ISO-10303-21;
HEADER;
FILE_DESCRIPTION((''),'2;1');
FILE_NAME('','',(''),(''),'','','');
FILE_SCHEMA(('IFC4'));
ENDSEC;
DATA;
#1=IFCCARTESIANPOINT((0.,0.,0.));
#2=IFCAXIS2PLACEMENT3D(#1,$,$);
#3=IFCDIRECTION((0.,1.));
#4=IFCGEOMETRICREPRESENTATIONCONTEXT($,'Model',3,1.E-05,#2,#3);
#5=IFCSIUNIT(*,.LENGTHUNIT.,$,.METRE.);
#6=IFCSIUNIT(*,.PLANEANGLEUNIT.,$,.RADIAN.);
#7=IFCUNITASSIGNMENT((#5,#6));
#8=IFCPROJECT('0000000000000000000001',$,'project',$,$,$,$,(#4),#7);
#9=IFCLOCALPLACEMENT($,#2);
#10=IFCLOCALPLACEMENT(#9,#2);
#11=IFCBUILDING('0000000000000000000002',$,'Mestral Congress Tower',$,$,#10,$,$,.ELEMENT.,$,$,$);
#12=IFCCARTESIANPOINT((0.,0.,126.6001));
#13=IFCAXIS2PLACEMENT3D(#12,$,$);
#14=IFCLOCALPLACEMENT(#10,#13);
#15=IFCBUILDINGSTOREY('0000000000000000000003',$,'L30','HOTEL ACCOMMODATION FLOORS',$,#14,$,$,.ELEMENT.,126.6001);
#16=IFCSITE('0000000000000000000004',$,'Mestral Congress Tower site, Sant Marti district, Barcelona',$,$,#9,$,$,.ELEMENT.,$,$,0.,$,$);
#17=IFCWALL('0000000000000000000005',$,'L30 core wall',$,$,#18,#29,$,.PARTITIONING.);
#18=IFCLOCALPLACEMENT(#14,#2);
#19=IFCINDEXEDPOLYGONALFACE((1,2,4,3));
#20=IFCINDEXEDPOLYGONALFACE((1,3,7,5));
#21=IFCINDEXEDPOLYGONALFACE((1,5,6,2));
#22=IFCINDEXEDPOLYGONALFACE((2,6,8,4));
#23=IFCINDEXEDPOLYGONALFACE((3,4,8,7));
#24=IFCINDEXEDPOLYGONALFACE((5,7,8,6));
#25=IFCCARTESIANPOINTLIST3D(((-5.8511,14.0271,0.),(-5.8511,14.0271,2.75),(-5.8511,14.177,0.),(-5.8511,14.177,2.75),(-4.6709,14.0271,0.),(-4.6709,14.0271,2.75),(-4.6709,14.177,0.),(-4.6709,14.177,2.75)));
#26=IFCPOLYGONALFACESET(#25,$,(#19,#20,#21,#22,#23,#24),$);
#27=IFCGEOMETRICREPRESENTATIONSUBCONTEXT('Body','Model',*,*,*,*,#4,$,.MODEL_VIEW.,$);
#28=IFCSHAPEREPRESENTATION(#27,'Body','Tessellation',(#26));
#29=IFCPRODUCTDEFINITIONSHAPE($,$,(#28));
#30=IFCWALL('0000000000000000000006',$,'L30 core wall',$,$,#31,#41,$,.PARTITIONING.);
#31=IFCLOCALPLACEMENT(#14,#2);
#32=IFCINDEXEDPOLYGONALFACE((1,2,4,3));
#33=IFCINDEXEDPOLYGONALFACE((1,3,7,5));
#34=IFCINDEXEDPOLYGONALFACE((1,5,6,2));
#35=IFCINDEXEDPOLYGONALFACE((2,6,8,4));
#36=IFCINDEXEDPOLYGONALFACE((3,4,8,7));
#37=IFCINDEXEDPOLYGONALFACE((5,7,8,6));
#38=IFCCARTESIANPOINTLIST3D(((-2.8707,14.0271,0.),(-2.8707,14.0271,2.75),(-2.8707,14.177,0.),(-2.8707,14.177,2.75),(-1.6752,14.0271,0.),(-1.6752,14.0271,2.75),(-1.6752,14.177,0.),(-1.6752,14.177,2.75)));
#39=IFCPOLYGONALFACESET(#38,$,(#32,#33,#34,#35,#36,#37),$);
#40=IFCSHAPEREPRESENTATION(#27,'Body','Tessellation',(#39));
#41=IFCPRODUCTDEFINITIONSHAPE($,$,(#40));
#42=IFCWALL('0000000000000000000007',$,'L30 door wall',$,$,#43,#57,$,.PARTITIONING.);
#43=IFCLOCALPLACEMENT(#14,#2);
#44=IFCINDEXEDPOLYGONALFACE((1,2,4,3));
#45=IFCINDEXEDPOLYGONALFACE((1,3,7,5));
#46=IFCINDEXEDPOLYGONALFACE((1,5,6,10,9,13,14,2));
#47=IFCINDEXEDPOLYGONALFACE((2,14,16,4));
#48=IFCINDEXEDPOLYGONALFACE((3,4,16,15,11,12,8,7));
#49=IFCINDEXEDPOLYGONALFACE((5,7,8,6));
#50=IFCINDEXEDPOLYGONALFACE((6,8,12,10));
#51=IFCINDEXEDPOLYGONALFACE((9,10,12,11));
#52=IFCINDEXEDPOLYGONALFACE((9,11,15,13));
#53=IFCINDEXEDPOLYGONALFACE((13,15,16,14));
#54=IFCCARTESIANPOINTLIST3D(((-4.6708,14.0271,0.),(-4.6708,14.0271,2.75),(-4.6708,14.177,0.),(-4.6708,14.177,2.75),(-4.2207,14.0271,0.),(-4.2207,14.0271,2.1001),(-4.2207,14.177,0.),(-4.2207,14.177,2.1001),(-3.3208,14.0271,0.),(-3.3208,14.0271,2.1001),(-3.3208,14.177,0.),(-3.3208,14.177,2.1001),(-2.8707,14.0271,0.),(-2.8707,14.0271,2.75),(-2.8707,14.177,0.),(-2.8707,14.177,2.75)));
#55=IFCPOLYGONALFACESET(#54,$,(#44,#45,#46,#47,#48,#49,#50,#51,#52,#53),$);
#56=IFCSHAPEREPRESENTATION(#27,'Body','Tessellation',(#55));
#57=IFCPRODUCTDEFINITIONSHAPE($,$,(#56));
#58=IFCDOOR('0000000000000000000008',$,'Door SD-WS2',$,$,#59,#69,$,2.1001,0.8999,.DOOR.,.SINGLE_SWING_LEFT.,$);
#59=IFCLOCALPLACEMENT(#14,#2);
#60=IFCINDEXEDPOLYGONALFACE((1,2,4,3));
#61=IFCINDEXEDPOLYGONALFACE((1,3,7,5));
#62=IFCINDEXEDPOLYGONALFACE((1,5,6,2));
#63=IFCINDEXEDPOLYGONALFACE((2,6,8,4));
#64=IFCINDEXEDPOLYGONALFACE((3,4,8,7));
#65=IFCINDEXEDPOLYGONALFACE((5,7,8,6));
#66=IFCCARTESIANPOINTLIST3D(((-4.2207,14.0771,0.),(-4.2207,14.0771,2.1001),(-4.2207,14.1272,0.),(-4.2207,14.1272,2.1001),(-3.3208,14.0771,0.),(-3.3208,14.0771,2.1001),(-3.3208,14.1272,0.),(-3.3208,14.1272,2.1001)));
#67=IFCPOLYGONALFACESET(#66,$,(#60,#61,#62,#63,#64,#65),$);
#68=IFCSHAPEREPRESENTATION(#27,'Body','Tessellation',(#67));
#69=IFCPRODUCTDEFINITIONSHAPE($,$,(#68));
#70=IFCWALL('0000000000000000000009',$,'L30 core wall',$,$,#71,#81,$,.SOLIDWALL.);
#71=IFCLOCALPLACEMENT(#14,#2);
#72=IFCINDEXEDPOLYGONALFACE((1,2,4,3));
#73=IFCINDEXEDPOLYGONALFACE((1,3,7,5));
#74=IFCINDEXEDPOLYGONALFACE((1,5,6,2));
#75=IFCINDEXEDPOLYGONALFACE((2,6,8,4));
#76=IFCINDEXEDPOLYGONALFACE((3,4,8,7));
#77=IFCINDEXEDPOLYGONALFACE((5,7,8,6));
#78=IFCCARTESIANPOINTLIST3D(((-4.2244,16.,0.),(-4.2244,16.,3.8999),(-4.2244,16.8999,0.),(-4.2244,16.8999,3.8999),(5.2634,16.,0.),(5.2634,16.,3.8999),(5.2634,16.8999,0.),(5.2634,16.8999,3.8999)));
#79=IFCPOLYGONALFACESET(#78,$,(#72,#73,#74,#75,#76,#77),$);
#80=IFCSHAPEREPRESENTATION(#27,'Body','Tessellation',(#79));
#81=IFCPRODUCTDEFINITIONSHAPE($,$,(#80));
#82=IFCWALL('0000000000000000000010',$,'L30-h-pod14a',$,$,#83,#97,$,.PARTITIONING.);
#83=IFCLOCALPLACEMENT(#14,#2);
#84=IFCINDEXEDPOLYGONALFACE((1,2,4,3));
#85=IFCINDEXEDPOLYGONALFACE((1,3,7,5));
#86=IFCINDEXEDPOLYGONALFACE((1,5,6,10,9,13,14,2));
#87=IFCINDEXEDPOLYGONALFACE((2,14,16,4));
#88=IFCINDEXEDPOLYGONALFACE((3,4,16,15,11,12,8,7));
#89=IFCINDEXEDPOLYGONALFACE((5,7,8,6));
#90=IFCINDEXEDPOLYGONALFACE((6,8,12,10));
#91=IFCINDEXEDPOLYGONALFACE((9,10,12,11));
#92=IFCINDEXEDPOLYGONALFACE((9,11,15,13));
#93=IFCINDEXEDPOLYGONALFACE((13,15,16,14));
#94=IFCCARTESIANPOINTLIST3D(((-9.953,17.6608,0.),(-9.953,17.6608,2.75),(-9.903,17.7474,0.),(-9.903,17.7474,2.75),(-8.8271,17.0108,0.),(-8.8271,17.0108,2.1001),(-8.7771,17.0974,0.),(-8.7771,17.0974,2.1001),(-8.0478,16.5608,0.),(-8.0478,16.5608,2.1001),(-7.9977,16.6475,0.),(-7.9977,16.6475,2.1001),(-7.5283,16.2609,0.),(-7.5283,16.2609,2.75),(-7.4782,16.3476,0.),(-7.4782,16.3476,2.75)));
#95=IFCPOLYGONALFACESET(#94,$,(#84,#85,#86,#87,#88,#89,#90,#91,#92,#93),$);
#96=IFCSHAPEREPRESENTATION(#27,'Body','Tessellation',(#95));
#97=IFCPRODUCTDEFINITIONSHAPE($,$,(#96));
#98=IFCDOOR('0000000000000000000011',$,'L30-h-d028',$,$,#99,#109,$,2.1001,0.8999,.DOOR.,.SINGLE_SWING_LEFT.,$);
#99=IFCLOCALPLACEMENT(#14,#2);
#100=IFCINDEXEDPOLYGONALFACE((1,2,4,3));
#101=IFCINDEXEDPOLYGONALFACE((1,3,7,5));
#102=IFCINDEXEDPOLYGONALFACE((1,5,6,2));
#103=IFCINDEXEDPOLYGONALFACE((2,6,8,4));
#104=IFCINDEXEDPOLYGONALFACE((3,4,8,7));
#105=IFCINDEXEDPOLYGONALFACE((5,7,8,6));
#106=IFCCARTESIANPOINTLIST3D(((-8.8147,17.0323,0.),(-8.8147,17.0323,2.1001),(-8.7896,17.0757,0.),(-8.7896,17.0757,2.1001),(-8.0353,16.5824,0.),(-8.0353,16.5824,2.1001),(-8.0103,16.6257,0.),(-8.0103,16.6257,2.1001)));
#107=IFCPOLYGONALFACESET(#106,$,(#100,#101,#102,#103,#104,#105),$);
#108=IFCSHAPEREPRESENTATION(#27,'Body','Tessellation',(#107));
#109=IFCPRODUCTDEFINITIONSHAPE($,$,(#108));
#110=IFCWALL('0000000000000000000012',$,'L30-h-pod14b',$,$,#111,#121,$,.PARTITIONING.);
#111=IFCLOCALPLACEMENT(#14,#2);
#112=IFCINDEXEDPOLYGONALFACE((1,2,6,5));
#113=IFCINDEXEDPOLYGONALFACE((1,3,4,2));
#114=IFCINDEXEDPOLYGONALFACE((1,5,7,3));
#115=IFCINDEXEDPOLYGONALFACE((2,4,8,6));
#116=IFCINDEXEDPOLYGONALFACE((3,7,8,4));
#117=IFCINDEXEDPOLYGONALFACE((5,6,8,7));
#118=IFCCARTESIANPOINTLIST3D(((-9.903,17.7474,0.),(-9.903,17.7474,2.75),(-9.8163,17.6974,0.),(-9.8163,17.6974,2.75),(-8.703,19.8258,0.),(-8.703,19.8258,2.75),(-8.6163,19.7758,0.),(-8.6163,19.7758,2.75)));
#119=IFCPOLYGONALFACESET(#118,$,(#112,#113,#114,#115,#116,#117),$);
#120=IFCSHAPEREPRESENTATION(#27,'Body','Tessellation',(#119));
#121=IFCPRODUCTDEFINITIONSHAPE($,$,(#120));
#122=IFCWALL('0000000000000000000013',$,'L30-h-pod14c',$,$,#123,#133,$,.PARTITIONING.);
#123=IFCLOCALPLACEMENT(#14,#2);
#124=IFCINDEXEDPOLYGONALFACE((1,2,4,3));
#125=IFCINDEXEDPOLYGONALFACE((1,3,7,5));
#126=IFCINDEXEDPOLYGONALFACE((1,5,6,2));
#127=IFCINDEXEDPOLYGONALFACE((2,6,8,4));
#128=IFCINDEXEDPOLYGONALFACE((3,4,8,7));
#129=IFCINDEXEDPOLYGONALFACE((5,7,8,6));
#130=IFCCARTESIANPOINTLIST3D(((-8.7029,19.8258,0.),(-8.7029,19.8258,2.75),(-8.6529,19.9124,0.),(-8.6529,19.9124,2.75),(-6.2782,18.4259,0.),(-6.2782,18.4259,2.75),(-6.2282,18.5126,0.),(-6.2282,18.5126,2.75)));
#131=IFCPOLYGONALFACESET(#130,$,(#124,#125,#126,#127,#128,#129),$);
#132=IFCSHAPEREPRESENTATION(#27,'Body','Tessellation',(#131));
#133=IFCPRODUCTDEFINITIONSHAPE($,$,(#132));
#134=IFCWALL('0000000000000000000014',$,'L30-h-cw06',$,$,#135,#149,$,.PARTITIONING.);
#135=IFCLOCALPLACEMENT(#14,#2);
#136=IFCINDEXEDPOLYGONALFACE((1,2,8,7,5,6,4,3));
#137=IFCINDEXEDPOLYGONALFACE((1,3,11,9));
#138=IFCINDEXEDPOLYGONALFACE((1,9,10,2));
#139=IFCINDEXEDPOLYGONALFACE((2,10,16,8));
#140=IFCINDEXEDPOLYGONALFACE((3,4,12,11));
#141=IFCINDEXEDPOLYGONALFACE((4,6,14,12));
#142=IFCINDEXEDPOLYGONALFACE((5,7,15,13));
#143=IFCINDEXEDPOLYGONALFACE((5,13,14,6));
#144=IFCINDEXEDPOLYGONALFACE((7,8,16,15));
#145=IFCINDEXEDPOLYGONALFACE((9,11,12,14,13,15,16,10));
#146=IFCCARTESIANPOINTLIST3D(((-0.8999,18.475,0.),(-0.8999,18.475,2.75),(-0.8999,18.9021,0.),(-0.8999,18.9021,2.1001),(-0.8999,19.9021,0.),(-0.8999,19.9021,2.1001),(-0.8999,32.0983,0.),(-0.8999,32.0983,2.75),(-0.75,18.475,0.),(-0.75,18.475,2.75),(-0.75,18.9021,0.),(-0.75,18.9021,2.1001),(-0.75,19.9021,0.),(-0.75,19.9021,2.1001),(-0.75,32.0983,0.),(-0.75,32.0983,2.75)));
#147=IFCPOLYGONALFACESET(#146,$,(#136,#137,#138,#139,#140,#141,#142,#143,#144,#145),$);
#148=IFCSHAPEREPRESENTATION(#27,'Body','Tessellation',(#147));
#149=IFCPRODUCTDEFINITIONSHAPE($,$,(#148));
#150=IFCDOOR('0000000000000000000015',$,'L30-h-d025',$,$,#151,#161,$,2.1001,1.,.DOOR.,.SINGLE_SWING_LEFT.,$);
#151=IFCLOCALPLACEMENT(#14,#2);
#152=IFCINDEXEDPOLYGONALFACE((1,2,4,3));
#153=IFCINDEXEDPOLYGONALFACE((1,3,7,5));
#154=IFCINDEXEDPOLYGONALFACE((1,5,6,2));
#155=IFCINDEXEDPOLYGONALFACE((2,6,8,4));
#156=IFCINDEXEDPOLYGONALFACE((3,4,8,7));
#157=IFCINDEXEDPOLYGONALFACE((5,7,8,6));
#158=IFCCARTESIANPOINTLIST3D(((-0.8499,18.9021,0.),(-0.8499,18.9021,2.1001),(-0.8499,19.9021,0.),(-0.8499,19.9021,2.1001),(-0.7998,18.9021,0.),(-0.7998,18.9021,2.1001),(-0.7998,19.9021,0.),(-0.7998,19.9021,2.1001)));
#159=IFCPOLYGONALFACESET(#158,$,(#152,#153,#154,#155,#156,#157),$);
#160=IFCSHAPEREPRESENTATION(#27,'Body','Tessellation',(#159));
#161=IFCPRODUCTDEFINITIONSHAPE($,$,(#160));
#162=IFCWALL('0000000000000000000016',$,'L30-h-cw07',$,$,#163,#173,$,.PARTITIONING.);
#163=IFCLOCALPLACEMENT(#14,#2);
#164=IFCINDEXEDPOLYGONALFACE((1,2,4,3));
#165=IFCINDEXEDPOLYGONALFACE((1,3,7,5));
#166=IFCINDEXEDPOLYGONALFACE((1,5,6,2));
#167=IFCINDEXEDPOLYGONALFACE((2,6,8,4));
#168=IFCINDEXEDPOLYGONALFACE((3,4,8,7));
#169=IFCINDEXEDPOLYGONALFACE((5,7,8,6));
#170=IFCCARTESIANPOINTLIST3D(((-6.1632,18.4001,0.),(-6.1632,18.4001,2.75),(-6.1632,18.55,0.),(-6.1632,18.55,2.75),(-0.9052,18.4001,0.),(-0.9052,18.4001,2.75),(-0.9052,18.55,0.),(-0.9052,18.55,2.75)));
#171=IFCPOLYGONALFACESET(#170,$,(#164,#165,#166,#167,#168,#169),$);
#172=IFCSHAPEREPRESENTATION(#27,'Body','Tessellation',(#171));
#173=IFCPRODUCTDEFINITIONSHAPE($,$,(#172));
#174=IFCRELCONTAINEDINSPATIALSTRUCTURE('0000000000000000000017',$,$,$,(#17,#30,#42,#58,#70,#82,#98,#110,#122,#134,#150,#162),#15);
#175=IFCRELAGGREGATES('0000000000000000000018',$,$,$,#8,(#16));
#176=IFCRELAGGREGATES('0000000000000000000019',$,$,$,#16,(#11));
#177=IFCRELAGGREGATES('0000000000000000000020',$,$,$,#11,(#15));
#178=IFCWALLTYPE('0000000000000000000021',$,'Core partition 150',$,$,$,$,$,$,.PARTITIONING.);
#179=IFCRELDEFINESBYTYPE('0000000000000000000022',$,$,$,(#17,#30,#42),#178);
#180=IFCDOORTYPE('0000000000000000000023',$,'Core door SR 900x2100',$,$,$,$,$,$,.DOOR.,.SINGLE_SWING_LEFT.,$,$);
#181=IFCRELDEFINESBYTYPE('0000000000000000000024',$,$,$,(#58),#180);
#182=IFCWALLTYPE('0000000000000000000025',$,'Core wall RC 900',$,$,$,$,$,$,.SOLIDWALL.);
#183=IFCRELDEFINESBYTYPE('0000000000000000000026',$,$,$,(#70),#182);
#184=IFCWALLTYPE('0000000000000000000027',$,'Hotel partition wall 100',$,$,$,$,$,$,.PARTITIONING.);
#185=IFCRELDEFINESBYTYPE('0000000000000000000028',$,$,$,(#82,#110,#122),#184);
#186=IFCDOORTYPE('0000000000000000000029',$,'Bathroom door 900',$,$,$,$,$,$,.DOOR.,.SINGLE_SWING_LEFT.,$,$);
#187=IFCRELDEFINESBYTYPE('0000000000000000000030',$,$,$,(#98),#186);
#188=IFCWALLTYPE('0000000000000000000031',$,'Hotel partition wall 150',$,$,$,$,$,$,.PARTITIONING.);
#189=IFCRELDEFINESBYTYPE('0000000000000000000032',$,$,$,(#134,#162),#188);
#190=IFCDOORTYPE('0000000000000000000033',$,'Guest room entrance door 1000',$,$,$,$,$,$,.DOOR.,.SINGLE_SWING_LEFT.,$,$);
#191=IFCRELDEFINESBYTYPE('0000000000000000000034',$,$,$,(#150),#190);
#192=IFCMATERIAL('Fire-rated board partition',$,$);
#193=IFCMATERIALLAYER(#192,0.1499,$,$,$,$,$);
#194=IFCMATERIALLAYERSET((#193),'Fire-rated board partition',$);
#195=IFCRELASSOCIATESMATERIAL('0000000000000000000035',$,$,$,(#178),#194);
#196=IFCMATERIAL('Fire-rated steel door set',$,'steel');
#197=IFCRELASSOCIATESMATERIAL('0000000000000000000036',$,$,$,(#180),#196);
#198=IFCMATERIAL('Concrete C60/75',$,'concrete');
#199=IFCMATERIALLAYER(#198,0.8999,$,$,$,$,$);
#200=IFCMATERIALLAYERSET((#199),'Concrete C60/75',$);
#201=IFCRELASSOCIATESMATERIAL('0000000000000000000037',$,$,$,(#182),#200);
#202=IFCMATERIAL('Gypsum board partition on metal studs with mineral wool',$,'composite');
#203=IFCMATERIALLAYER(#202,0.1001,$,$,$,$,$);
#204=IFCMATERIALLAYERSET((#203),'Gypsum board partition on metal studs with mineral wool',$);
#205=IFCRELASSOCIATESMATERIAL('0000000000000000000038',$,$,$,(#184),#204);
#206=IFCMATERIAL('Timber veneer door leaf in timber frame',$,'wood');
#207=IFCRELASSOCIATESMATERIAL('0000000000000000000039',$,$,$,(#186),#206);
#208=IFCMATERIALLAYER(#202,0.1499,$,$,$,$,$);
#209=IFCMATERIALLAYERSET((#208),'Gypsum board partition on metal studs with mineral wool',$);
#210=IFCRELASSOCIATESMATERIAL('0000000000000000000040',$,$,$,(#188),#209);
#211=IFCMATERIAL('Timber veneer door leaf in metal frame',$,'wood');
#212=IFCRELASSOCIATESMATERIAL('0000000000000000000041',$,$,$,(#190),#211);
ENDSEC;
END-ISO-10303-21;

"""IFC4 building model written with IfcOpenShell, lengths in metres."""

from ifc_helpers import new_model, si_unit, direction, frame, frame_2d, origin, place, context, subcontext, project, spatial, rectangle, extrude, material, layer, layer_set, type_object, element, fill, save


model = new_model("IFC4")

# Units and contexts
model_context = context("Model", 3, precision=1e-05, world=origin(), true_north=direction((0.0, 1.0)))
body_context = subcontext(model_context, "Body", "Model", "MODEL_VIEW")
ifc_project = project(units=[si_unit("LENGTHUNIT", "METRE"), si_unit("PLANEANGLEUNIT", "RADIAN")], contexts=[model_context])

# Site, building, storey
site_placement = place(None, origin())
site = spatial("IfcSite", under=ifc_project, at=site_placement, Name="Mestral Congress Tower site, Sant Marti district, Barcelona", CompositionType="ELEMENT", RefElevation=0.0)
building_placement = place(site_placement, origin())
building = spatial("IfcBuilding", under=site, at=building_placement, Name="Mestral Congress Tower", CompositionType="ELEMENT")
storey_placement = place(building_placement, frame((0.0, 0.0, 126.6001)))
storey = spatial("IfcBuildingStorey", under=building, at=storey_placement, Name="L30", Description="HOTEL ACCOMMODATION FLOORS", CompositionType="ELEMENT", Elevation=126.6001)

# Walls
ifc_material_1 = material(Name="Fire-rated board partition")
ifc_layer_1 = layer(ifc_material_1, 0.1499)
ifc_layer_set_1 = layer_set([ifc_layer_1], Name="Fire-rated board partition")
wall_type_1 = type_object("IfcWallType", Name="Core partition 150", PredefinedType="PARTITIONING", material=ifc_layer_set_1)
wall_1_placement = place(storey_placement, frame((-5.8511, 14.1021, 0.0), z_axis=(0.0, 0.0, 1.0), x_axis=(1.0, 0.0, 0.0)))
element("IfcWall", 1, at=wall_1_placement, inside=storey, type_object=wall_type_1, Name="L30 core wall", PredefinedType="PARTITIONING", context=body_context, shape_type="SweptSolid", body=[
    extrude(rectangle(XDim=1.1802, YDim=0.1499, at=frame_2d((0.5901, 0.0))), origin(), (0.0, 0.0, 1.0), 2.75),
])
wall_2_placement = place(storey_placement, frame((-2.8706, 14.1021, 0.0), z_axis=(0.0, 0.0, 1.0), x_axis=(1.0, 0.0, 0.0)))
element("IfcWall", 2, at=wall_2_placement, inside=storey, type_object=wall_type_1, Name="L30 core wall", PredefinedType="PARTITIONING", context=body_context, shape_type="SweptSolid", body=[
    extrude(rectangle(XDim=1.1956, YDim=0.1499, at=frame_2d((0.5977, 0.0))), origin(), (0.0, 0.0, 1.0), 2.75),
])

# Wall, opening, door
wall_3_placement = place(storey_placement, frame((-2.8708, 14.1021, 0.0), z_axis=(0.0, 0.0, 1.0), x_axis=(-1.0, 0.0, 0.0)))
wall_3 = element("IfcWall", 3, at=wall_3_placement, inside=storey, type_object=wall_type_1, Name="L30 door wall", PredefinedType="PARTITIONING", context=body_context, shape_type="SweptSolid", body=[
    extrude(rectangle(XDim=1.8, YDim=0.1499, at=frame_2d((0.8999, 0.0))), origin(), (0.0, 0.0, 1.0), 2.75),
])
opening_1_placement = place(wall_3_placement, frame((0.45, 0.0, 0.0)))
opening_1 = element("IfcOpeningElement", 4, at=opening_1_placement, cuts=wall_3, PredefinedType="OPENING", context=body_context, shape_type="SweptSolid", body=[
    extrude(rectangle(XDim=0.8999, YDim=2.1001, at=frame_2d((0.45, 1.05))), frame((0.0, 0.085, 0.0), z_axis=(0.0, -1.0, 0.0), x_axis=(1.0, 0.0, 0.0)), (0.0, 0.0, 1.0), 0.1699),
])
ifc_material_2 = material(Name="Fire-rated steel door set", Category="steel")
door_type_1 = type_object("IfcDoorType", Name="Core door SR 900x2100", OperationType="SINGLE_SWING_LEFT", PredefinedType="DOOR", material=ifc_material_2)
door_1_placement = place(opening_1_placement, origin())
door_1 = element("IfcDoor", 5, at=door_1_placement, inside=storey, type_object=door_type_1, Name="Door SD-WS2", OperationType="SINGLE_SWING_LEFT", OverallHeight=2.1001, OverallWidth=0.8999, PredefinedType="DOOR", context=body_context, shape_type="SweptSolid", body=[
    extrude(rectangle(XDim=0.8999, YDim=2.1001, at=frame_2d((0.45, 1.05))), frame((0.0, 0.0249, 0.0), z_axis=(0.0, -1.0, 0.0), x_axis=(1.0, 0.0, 0.0)), (0.0, 0.0, 1.0), 0.05),
])
fill(opening_1, door_1)

# Wall
ifc_material_3 = material(Name="Concrete C60/75", Category="concrete")
ifc_layer_2 = layer(ifc_material_3, 0.8999)
ifc_layer_set_2 = layer_set([ifc_layer_2], Name="Concrete C60/75")
wall_type_2 = type_object("IfcWallType", Name="Core wall RC 900", PredefinedType="SOLIDWALL", material=ifc_layer_set_2)
wall_4_placement = place(storey_placement, frame((-4.2244, 16.45, 0.0), z_axis=(0.0, 0.0, 1.0), x_axis=(1.0, 0.0, 0.0)))
element("IfcWall", 6, at=wall_4_placement, inside=storey, type_object=wall_type_2, Name="L30 core wall", PredefinedType="SOLIDWALL", context=body_context, shape_type="SweptSolid", body=[
    extrude(rectangle(XDim=9.4878, YDim=0.8999, at=frame_2d((4.7439, 0.0))), origin(), (0.0, 0.0, 1.0), 3.8999),
])

# Wall, opening, door
ifc_material_4 = material(Name="Gypsum board partition on metal studs with mineral wool", Category="composite")
ifc_layer_3 = layer(ifc_material_4, 0.1001)
ifc_layer_set_3 = layer_set([ifc_layer_3], Name="Gypsum board partition on metal studs with mineral wool")
wall_type_3 = type_object("IfcWallType", Name="Hotel partition wall 100", PredefinedType="PARTITIONING", material=ifc_layer_set_3)
wall_5_placement = place(storey_placement, frame((-9.928, 17.7041, 0.0), z_axis=(0.0, 0.0, 1.0), x_axis=(0.866035, -0.499984, 0.0)))
wall_5 = element("IfcWall", 7, at=wall_5_placement, inside=storey, type_object=wall_type_3, Name="L30-h-pod14a", PredefinedType="PARTITIONING", context=body_context, shape_type="SweptSolid", body=[
    extrude(rectangle(XDim=2.7998, YDim=0.1001, at=frame_2d((1.3999, 0.0))), origin(), (0.0, 0.0, 1.0), 2.75),
])
opening_2_placement = place(wall_5_placement, frame((1.3, 0.0, 0.0)))
opening_2 = element("IfcOpeningElement", 8, at=opening_2_placement, cuts=wall_5, PredefinedType="OPENING", context=body_context, shape_type="SweptSolid", body=[
    extrude(rectangle(XDim=0.8999, YDim=2.1001, at=frame_2d((0.45, 1.05))), frame((0.0, 0.0601, 0.0), z_axis=(0.0, -1.0, 0.0), x_axis=(1.0, 0.0, 0.0)), (0.0, 0.0, 1.0), 0.1201),
])
ifc_material_5 = material(Name="Timber veneer door leaf in timber frame", Category="wood")
door_type_2 = type_object("IfcDoorType", Name="Bathroom door 900", OperationType="SINGLE_SWING_LEFT", PredefinedType="DOOR", material=ifc_material_5)
door_2_placement = place(opening_2_placement, origin())
door_2 = element("IfcDoor", 9, at=door_2_placement, inside=storey, type_object=door_type_2, Name="L30-h-d028", OperationType="SINGLE_SWING_LEFT", OverallHeight=2.1001, OverallWidth=0.8999, PredefinedType="DOOR", context=body_context, shape_type="SweptSolid", body=[
    extrude(rectangle(XDim=0.8999, YDim=2.1001, at=frame_2d((0.45, 1.05))), frame((0.0, 0.0249, 0.0), z_axis=(0.0, -1.0, 0.0), x_axis=(1.0, 0.0, 0.0)), (0.0, 0.0, 1.0), 0.05),
])
fill(opening_2, door_2)

# Walls
wall_6_placement = place(storey_placement, frame((-9.8596, 17.7224, 0.0), z_axis=(0.0, 0.0, 1.0), x_axis=(0.500001, 0.866025, 0.0)))
element("IfcWall", 10, at=wall_6_placement, inside=storey, type_object=wall_type_3, Name="L30-h-pod14b", PredefinedType="PARTITIONING", context=body_context, shape_type="SweptSolid", body=[
    extrude(rectangle(XDim=2.3999, YDim=0.1001, at=frame_2d((1.2, 0.0))), origin(), (0.0, 0.0, 1.0), 2.75),
])
wall_7_placement = place(storey_placement, frame((-6.2532, 18.4692, 0.0), z_axis=(0.0, 0.0, 1.0), x_axis=(-0.866035, 0.499984, 0.0)))
element("IfcWall", 11, at=wall_7_placement, inside=storey, type_object=wall_type_3, Name="L30-h-pod14c", PredefinedType="PARTITIONING", context=body_context, shape_type="SweptSolid", body=[
    extrude(rectangle(XDim=2.7998, YDim=0.1001, at=frame_2d((1.3999, 0.0))), origin(), (0.0, 0.0, 1.0), 2.75),
])

# Wall, opening, door
ifc_layer_4 = layer(ifc_material_4, 0.1499)
ifc_layer_set_4 = layer_set([ifc_layer_4], Name="Gypsum board partition on metal studs with mineral wool")
wall_type_4 = type_object("IfcWallType", Name="Hotel partition wall 150", PredefinedType="PARTITIONING", material=ifc_layer_set_4)
wall_8_placement = place(storey_placement, frame((-0.825, 18.4751, 0.0), z_axis=(0.0, 0.0, 1.0), x_axis=(0.0, 1.0, 0.0)))
wall_8 = element("IfcWall", 12, at=wall_8_placement, inside=storey, type_object=wall_type_4, Name="L30-h-cw06", PredefinedType="PARTITIONING", context=body_context, shape_type="SweptSolid", body=[
    extrude(rectangle(XDim=13.6233, YDim=0.1499, at=frame_2d((6.8115, 0.0))), origin(), (0.0, 0.0, 1.0), 2.75),
])
opening_3_placement = place(wall_8_placement, frame((0.427, 0.0, 0.0)))
opening_3 = element("IfcOpeningElement", 13, at=opening_3_placement, cuts=wall_8, PredefinedType="OPENING", context=body_context, shape_type="SweptSolid", body=[
    extrude(rectangle(XDim=1.0, YDim=2.1001, at=frame_2d((0.5, 1.05))), frame((0.0, 0.085, 0.0), z_axis=(0.0, -1.0, 0.0), x_axis=(1.0, 0.0, 0.0)), (0.0, 0.0, 1.0), 0.1699),
])
ifc_material_6 = material(Name="Timber veneer door leaf in metal frame", Category="wood")
door_type_3 = type_object("IfcDoorType", Name="Guest room entrance door 1000", OperationType="SINGLE_SWING_LEFT", PredefinedType="DOOR", material=ifc_material_6)
door_3_placement = place(opening_3_placement, origin())
door_3 = element("IfcDoor", 14, at=door_3_placement, inside=storey, type_object=door_type_3, Name="L30-h-d025", OperationType="SINGLE_SWING_LEFT", OverallHeight=2.1001, OverallWidth=1.0, PredefinedType="DOOR", context=body_context, shape_type="SweptSolid", body=[
    extrude(rectangle(XDim=1.0, YDim=2.1001, at=frame_2d((0.5, 1.05))), frame((0.0, 0.0249, 0.0), z_axis=(0.0, -1.0, 0.0), x_axis=(1.0, 0.0, 0.0)), (0.0, 0.0, 1.0), 0.05),
])
fill(opening_3, door_3)

# Wall
wall_9_placement = place(storey_placement, frame((-6.1631, 18.4751, 0.0), z_axis=(0.0, 0.0, 1.0), x_axis=(1.0, 0.0, 0.0)))
element("IfcWall", 15, at=wall_9_placement, inside=storey, type_object=wall_type_4, Name="L30-h-cw07", PredefinedType="PARTITIONING", context=body_context, shape_type="SweptSolid", body=[
    extrude(rectangle(XDim=5.2581, YDim=0.1499, at=frame_2d((2.6289, 0.0))), origin(), (0.0, 0.0, 1.0), 2.75),
])

save(model, "model.ifc")
